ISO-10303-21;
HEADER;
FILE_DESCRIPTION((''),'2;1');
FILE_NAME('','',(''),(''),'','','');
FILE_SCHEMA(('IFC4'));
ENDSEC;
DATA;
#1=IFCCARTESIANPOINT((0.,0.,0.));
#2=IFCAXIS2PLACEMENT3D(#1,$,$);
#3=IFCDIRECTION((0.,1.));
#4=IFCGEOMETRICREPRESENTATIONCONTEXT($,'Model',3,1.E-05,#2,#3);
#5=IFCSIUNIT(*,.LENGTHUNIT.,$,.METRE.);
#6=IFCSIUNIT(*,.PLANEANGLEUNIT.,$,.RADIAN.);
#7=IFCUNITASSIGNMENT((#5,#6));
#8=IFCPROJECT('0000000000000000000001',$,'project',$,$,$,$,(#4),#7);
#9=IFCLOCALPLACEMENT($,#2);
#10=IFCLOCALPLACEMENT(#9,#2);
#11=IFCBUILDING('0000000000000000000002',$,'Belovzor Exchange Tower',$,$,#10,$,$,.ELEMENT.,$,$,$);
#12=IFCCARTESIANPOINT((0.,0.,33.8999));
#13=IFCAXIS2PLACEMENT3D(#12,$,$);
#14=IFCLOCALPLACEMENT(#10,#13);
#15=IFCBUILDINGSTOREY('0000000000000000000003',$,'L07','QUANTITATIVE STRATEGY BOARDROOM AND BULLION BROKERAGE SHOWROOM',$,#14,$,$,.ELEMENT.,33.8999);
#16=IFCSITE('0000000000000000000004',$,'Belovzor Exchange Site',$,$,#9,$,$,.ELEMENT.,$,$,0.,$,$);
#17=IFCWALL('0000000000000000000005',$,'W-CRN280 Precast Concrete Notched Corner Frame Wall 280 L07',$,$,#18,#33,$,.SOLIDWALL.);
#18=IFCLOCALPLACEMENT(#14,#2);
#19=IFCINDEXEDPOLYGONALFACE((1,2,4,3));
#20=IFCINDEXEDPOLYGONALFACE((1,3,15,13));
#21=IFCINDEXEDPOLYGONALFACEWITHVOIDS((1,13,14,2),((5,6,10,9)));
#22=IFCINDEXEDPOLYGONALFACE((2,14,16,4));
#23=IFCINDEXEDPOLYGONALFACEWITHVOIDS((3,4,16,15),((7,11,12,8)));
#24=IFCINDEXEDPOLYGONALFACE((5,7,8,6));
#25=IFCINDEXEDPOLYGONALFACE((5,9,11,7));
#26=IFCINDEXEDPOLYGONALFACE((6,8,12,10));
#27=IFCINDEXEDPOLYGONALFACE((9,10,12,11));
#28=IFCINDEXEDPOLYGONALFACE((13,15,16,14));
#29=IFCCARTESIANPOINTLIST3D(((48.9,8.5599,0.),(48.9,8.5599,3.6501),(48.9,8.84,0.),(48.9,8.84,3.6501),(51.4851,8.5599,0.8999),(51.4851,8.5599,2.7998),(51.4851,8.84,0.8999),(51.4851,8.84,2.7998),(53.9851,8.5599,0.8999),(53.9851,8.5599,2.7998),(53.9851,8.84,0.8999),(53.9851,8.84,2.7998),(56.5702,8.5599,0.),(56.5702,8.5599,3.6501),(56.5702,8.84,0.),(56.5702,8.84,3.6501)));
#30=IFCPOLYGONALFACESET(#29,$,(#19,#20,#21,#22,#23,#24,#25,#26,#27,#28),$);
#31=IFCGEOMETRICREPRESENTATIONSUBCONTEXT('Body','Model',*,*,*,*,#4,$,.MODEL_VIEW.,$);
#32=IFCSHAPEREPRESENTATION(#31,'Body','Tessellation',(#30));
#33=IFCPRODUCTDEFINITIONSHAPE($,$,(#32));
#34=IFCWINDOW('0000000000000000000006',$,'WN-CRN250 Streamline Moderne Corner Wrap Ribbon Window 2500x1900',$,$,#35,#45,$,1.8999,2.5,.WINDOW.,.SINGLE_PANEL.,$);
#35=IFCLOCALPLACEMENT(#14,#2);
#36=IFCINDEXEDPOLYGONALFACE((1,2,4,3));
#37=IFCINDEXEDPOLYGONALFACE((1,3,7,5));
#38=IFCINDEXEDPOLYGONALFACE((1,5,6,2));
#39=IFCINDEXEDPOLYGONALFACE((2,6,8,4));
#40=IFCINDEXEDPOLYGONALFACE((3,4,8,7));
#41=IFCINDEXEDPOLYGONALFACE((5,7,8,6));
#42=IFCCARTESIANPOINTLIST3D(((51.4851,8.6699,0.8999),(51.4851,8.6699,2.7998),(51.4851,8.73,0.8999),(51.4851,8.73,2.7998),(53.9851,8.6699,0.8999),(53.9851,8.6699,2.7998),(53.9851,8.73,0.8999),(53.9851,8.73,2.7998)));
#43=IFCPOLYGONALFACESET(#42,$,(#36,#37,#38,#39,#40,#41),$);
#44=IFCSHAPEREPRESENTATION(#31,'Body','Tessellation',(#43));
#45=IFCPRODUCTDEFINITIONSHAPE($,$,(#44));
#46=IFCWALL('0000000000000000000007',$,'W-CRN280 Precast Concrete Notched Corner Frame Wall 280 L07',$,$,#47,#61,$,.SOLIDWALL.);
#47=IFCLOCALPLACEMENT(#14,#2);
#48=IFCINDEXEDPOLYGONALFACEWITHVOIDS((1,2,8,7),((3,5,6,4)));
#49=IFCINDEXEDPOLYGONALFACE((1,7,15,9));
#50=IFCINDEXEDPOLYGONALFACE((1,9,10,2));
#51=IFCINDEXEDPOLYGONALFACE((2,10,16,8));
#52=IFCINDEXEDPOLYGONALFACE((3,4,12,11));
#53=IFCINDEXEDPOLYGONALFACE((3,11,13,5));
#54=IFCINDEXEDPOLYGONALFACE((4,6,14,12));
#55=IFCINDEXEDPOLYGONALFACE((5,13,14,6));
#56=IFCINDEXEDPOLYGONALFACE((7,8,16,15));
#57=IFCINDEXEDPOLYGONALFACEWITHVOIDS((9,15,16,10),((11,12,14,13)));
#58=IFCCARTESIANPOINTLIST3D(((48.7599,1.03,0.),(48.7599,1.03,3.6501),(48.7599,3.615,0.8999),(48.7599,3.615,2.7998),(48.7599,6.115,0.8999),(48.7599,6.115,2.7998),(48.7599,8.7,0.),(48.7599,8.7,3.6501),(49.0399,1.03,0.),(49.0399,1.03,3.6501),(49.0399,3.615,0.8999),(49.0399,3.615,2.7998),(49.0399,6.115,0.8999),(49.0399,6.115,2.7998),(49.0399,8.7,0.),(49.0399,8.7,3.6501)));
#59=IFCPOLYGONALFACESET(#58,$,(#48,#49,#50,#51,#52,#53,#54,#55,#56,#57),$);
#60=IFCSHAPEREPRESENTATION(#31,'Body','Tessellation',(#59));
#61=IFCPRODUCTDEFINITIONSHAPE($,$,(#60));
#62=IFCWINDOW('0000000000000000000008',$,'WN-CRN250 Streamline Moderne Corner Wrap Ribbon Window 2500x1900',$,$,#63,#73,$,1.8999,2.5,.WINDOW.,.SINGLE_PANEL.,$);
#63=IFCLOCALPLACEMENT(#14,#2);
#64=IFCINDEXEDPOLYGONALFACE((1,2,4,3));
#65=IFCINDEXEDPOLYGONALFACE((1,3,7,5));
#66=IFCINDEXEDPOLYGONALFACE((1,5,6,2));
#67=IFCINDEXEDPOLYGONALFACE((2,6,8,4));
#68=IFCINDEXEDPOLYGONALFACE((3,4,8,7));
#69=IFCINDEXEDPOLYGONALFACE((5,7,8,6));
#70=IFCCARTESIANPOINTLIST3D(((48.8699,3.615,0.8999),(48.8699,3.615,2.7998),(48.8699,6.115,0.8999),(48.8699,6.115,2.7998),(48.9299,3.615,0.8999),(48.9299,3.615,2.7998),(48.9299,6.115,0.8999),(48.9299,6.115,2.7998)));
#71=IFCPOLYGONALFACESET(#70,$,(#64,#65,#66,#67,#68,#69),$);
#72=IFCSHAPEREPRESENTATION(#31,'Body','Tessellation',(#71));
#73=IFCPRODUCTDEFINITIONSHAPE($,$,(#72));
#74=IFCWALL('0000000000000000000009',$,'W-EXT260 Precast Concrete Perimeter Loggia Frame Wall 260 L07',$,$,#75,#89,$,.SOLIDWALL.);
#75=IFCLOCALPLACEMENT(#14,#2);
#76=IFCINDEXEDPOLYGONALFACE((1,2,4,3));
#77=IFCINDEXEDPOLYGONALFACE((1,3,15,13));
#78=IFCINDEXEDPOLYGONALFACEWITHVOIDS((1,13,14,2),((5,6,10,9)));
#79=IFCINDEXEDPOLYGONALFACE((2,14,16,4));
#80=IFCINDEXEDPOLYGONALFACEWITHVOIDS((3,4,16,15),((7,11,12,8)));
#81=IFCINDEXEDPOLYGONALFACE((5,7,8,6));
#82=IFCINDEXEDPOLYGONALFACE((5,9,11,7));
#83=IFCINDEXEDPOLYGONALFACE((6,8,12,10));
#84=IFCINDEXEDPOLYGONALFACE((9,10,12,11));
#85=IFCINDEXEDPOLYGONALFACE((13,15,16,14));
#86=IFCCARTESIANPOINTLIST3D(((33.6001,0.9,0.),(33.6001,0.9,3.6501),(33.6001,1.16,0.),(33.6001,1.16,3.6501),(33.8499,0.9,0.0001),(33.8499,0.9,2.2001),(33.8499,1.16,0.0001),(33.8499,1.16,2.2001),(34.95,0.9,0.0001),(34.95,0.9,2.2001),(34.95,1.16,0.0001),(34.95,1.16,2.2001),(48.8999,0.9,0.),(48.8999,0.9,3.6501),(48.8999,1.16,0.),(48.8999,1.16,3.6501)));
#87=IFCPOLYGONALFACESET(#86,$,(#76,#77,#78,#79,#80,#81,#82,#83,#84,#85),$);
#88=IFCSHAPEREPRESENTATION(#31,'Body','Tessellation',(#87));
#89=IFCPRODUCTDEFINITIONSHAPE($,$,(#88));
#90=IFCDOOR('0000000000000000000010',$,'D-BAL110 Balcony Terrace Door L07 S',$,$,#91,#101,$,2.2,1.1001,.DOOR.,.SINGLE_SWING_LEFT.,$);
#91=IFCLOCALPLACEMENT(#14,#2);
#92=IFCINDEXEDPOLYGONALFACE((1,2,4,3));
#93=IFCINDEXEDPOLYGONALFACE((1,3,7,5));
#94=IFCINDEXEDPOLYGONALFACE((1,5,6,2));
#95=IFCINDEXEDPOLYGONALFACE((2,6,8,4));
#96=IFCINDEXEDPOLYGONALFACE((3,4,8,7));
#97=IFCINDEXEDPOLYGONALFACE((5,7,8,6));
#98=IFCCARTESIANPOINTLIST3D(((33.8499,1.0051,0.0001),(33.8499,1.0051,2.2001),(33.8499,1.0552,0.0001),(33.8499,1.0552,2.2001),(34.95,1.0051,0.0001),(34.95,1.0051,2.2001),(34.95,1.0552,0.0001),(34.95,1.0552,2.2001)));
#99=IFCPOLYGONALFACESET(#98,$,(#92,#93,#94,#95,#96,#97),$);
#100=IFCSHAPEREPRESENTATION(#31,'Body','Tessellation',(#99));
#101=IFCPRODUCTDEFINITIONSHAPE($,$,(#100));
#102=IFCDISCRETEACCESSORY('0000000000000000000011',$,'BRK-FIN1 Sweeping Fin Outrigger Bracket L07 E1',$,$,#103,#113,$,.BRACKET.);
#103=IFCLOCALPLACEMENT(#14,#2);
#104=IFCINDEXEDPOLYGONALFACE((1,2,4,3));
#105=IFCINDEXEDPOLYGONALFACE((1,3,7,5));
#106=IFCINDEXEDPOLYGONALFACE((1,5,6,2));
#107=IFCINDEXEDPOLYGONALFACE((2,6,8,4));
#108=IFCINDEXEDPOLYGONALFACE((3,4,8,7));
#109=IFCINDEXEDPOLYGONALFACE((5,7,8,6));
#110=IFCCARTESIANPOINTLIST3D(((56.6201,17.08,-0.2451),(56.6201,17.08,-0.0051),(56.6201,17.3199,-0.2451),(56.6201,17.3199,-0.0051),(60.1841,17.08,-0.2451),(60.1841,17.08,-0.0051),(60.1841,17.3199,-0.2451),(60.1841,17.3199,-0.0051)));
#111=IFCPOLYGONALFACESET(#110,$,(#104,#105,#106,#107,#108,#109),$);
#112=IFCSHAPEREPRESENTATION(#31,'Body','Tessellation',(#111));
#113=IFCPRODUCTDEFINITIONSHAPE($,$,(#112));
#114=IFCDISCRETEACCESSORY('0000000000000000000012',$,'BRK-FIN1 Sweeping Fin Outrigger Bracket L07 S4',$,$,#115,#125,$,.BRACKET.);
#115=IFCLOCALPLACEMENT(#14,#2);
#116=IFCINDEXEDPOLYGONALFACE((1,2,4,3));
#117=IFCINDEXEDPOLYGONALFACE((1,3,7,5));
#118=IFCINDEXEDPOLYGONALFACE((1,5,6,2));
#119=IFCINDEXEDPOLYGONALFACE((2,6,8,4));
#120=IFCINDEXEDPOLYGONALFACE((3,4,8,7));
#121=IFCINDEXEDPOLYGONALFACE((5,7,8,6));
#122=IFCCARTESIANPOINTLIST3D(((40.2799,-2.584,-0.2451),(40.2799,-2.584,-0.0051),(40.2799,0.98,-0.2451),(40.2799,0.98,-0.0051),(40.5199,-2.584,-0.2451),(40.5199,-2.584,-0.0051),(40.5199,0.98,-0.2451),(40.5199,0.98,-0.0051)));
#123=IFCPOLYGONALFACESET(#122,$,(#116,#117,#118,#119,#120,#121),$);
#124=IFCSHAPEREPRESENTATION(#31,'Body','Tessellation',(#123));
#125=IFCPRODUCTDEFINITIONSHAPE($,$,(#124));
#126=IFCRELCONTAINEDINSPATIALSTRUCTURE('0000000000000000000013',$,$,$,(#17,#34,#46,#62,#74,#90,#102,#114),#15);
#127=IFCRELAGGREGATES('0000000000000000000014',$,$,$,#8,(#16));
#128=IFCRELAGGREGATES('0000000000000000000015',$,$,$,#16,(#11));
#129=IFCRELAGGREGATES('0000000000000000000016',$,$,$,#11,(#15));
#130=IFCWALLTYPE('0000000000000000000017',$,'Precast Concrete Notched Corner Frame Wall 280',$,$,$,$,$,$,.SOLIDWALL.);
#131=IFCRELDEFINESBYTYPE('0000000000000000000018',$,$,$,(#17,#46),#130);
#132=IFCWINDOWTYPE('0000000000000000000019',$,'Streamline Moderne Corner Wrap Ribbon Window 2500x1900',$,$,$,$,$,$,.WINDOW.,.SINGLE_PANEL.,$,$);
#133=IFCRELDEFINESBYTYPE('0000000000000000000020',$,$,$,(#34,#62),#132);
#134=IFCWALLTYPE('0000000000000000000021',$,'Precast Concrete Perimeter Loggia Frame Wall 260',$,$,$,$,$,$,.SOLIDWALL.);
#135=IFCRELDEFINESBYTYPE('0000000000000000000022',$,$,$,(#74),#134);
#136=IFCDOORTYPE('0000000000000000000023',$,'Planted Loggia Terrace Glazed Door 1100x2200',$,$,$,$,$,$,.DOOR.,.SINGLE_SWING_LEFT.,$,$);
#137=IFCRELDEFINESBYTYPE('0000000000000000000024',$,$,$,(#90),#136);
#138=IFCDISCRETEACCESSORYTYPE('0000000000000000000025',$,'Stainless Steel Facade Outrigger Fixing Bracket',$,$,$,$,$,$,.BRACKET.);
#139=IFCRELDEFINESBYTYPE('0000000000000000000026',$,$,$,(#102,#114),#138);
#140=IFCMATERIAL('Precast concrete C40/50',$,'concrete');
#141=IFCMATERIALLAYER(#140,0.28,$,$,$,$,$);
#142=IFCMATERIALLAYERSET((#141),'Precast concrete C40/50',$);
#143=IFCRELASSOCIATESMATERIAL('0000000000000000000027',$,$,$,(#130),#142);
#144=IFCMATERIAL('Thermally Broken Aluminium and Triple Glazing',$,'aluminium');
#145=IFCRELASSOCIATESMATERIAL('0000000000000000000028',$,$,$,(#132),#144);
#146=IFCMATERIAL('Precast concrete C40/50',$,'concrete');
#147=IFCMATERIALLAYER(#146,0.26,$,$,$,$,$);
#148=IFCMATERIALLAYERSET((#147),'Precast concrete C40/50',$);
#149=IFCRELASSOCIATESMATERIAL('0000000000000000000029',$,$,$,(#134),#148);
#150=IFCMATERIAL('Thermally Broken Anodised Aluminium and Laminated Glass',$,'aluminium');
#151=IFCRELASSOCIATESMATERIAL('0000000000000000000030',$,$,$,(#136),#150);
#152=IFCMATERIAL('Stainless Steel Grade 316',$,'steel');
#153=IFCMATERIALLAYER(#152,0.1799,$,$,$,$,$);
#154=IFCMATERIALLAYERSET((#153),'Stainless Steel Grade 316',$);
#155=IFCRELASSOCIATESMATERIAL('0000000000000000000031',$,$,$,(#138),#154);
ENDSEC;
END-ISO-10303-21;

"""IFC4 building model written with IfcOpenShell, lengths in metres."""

from ifc_helpers import new_model, si_unit, direction, frame, frame_2d, origin, origin_2d, place, context, subcontext, project, spatial, rectangle, extrude, material, layer, layer_set, type_object, element, fill, save


model = new_model("IFC4")

# Units and contexts
model_context = context("Model", 3, precision=1e-05, world=origin(), true_north=direction((0.0, 1.0)))
body_context = subcontext(model_context, "Body", "Model", "MODEL_VIEW")
ifc_project = project(units=[si_unit("LENGTHUNIT", "METRE"), si_unit("PLANEANGLEUNIT", "RADIAN")], contexts=[model_context])

# Site, building, storey
site_placement = place(None, origin())
site = spatial("IfcSite", under=ifc_project, at=site_placement, Name="Belovzor Exchange Site", CompositionType="ELEMENT", RefElevation=0.0)
building_placement = place(site_placement, origin())
building = spatial("IfcBuilding", under=site, at=building_placement, Name="Belovzor Exchange Tower", CompositionType="ELEMENT")
storey_placement = place(building_placement, frame((0.0, 0.0, 33.8999)))
storey = spatial("IfcBuildingStorey", under=building, at=storey_placement, Name="L07", Description="QUANTITATIVE STRATEGY BOARDROOM AND BULLION BROKERAGE SHOWROOM", CompositionType="ELEMENT", Elevation=33.8999)

# Walls, openings, windows
ifc_material_1 = material(Name="Precast concrete C40/50", Category="concrete")
ifc_layer_1 = layer(ifc_material_1, 0.28)
ifc_layer_set_1 = layer_set([ifc_layer_1], Name="Precast concrete C40/50")
wall_type_1 = type_object("IfcWallType", Name="Precast Concrete Notched Corner Frame Wall 280", PredefinedType="SOLIDWALL", material=ifc_layer_set_1)
wall_1_placement = place(storey_placement, frame((56.5701, 8.7, 0.0), z_axis=(0.0, 0.0, 1.0), x_axis=(-1.0, 0.0, 0.0)))
wall_1 = element("IfcWall", 1, at=wall_1_placement, inside=storey, type_object=wall_type_1, Name="W-CRN280 Precast Concrete Notched Corner Frame Wall 280 L07", PredefinedType="SOLIDWALL", context=body_context, shape_type="SweptSolid", body=[
    extrude(rectangle(XDim=7.6702, YDim=0.28, at=frame_2d((3.835, 0.0))), origin(), (0.0, 0.0, 1.0), 3.6501),
])
opening_1_placement = place(wall_1_placement, frame((2.585, 0.0, 0.8999)))
opening_1 = element("IfcOpeningElement", 2, at=opening_1_placement, cuts=wall_1, PredefinedType="OPENING", context=body_context, shape_type="SweptSolid", body=[
    extrude(rectangle(XDim=2.5, YDim=1.8999, at=frame_2d((1.25, 0.95))), frame((0.0, 0.1499, 0.0), z_axis=(0.0, -1.0, 0.0), x_axis=(1.0, 0.0, 0.0)), (0.0, 0.0, 1.0), 0.3),
])
ifc_material_2 = material(Name="Thermally Broken Aluminium and Triple Glazing", Category="aluminium")
window_type = type_object("IfcWindowType", Name="Streamline Moderne Corner Wrap Ribbon Window 2500x1900", PartitioningType="SINGLE_PANEL", PredefinedType="WINDOW", material=ifc_material_2)
window_1_placement = place(opening_1_placement, origin())
window_1 = element("IfcWindow", 3, at=window_1_placement, inside=storey, type_object=window_type, Name="WN-CRN250 Streamline Moderne Corner Wrap Ribbon Window 2500x1900", OverallHeight=1.8999, OverallWidth=2.5, PartitioningType="SINGLE_PANEL", PredefinedType="WINDOW", context=body_context, shape_type="SweptSolid", body=[
    extrude(rectangle(XDim=2.5, YDim=1.8999, at=frame_2d((1.25, 0.95))), frame((0.0, 0.03, 0.0), z_axis=(0.0, -1.0, 0.0), x_axis=(1.0, 0.0, 0.0)), (0.0, 0.0, 1.0), 0.0601),
])
fill(opening_1, window_1)
wall_2_placement = place(storey_placement, frame((48.8999, 8.7, 0.0), z_axis=(0.0, 0.0, 1.0), x_axis=(0.0, -1.0, 0.0)))
wall_2 = element("IfcWall", 4, at=wall_2_placement, inside=storey, type_object=wall_type_1, Name="W-CRN280 Precast Concrete Notched Corner Frame Wall 280 L07", PredefinedType="SOLIDWALL", context=body_context, shape_type="SweptSolid", body=[
    extrude(rectangle(XDim=7.6699, YDim=0.28, at=frame_2d((3.835, 0.0))), origin(), (0.0, 0.0, 1.0), 3.6501),
])
opening_2_placement = place(wall_2_placement, frame((2.585, 0.0, 0.8999)))
opening_2 = element("IfcOpeningElement", 5, at=opening_2_placement, cuts=wall_2, PredefinedType="OPENING", context=body_context, shape_type="SweptSolid", body=[
    extrude(rectangle(XDim=2.5, YDim=1.8999, at=frame_2d((1.25, 0.95))), frame((0.0, 0.1499, 0.0), z_axis=(0.0, -1.0, 0.0), x_axis=(1.0, 0.0, 0.0)), (0.0, 0.0, 1.0), 0.3),
])
window_2_placement = place(opening_2_placement, origin())
window_2 = element("IfcWindow", 6, at=window_2_placement, inside=storey, type_object=window_type, Name="WN-CRN250 Streamline Moderne Corner Wrap Ribbon Window 2500x1900", OverallHeight=1.8999, OverallWidth=2.5, PartitioningType="SINGLE_PANEL", PredefinedType="WINDOW", context=body_context, shape_type="SweptSolid", body=[
    extrude(rectangle(XDim=2.5, YDim=1.8999, at=frame_2d((1.25, 0.95))), frame((0.0, 0.03, 0.0), z_axis=(0.0, -1.0, 0.0), x_axis=(1.0, 0.0, 0.0)), (0.0, 0.0, 1.0), 0.0601),
])
fill(opening_2, window_2)

# Wall, opening, door
ifc_material_3 = material(Name="Precast concrete C40/50", Category="concrete")
ifc_layer_2 = layer(ifc_material_3, 0.26)
ifc_layer_set_2 = layer_set([ifc_layer_2], Name="Precast concrete C40/50")
wall_type_2 = type_object("IfcWallType", Name="Precast Concrete Perimeter Loggia Frame Wall 260", PredefinedType="SOLIDWALL", material=ifc_layer_set_2)
wall_3_placement = place(storey_placement, frame((48.8999, 1.03, 0.0), z_axis=(0.0, 0.0, 1.0), x_axis=(-1.0, 0.0, 0.0)))
wall_3 = element("IfcWall", 7, at=wall_3_placement, inside=storey, type_object=wall_type_2, Name="W-EXT260 Precast Concrete Perimeter Loggia Frame Wall 260 L07", PredefinedType="SOLIDWALL", context=body_context, shape_type="SweptSolid", body=[
    extrude(rectangle(XDim=15.2998, YDim=0.26, at=frame_2d((7.6499, 0.0))), origin(), (0.0, 0.0, 1.0), 3.6501),
])
opening_3_placement = place(wall_3_placement, frame((13.95, 0.0, 0.0)))
opening_3 = element("IfcOpeningElement", 8, at=opening_3_placement, cuts=wall_3, PredefinedType="OPENING", context=body_context, shape_type="SweptSolid", body=[
    extrude(rectangle(XDim=1.1001, YDim=2.2, at=frame_2d((0.55, 1.1001))), frame((0.0, 0.1399, 0.0), z_axis=(0.0, -1.0, 0.0), x_axis=(1.0, 0.0, 0.0)), (0.0, 0.0, 1.0), 0.28),
])
ifc_material_4 = material(Name="Thermally Broken Anodised Aluminium and Laminated Glass", Category="aluminium")
door_type_1 = type_object("IfcDoorType", Name="Planted Loggia Terrace Glazed Door 1100x2200", OperationType="SINGLE_SWING_LEFT", PredefinedType="DOOR", material=ifc_material_4)
door_1_placement = place(opening_3_placement, origin())
door_1 = element("IfcDoor", 9, at=door_1_placement, inside=storey, type_object=door_type_1, Name="D-BAL110 Balcony Terrace Door L07 S", OperationType="SINGLE_SWING_LEFT", OverallHeight=2.2, OverallWidth=1.1001, PredefinedType="DOOR", context=body_context, shape_type="SweptSolid", body=[
    extrude(rectangle(XDim=1.1001, YDim=2.2, at=frame_2d((0.55, 1.1001))), frame((0.0, 0.0249, 0.0), z_axis=(0.0, -1.0, 0.0), x_axis=(1.0, 0.0, 0.0)), (0.0, 0.0, 1.0), 0.05),
])
fill(opening_3, door_1)

# Discrete accessories
ifc_material_5 = material(Name="Stainless Steel Grade 316", Category="steel")
ifc_layer_3 = layer(ifc_material_5, 0.1799)
ifc_layer_set_3 = layer_set([ifc_layer_3], Name="Stainless Steel Grade 316")
discrete_accessory_type = type_object("IfcDiscreteAccessoryType", Name="Stainless Steel Facade Outrigger Fixing Bracket", PredefinedType="BRACKET", material=ifc_layer_set_3)
for number, where, z_axis, x_axis, name in (
    (10, (58.4021, 17.2, -0.2451), (0.0, 0.0, 1.0), (1.0, 0.0, 0.0), "BRK-FIN1 Sweeping Fin Outrigger Bracket L07 E1"),
    (11, (40.3999, -0.802, -0.2451), (0.0, 0.0, 1.0), (0.0, 1.0, 0.0), "BRK-FIN1 Sweeping Fin Outrigger Bracket L07 S4"),
):
    element("IfcDiscreteAccessory", number, at=place(storey_placement, frame(where, z_axis=z_axis, x_axis=x_axis)), inside=storey, type_object=discrete_accessory_type, Name=name, PredefinedType="BRACKET", context=body_context, shape_type="SweptSolid", body=[
        extrude(rectangle(XDim=3.564, YDim=0.24, at=origin_2d()), origin(), (0.0, 0.0, 1.0), 0.24),
    ])

save(model, "model.ifc")
